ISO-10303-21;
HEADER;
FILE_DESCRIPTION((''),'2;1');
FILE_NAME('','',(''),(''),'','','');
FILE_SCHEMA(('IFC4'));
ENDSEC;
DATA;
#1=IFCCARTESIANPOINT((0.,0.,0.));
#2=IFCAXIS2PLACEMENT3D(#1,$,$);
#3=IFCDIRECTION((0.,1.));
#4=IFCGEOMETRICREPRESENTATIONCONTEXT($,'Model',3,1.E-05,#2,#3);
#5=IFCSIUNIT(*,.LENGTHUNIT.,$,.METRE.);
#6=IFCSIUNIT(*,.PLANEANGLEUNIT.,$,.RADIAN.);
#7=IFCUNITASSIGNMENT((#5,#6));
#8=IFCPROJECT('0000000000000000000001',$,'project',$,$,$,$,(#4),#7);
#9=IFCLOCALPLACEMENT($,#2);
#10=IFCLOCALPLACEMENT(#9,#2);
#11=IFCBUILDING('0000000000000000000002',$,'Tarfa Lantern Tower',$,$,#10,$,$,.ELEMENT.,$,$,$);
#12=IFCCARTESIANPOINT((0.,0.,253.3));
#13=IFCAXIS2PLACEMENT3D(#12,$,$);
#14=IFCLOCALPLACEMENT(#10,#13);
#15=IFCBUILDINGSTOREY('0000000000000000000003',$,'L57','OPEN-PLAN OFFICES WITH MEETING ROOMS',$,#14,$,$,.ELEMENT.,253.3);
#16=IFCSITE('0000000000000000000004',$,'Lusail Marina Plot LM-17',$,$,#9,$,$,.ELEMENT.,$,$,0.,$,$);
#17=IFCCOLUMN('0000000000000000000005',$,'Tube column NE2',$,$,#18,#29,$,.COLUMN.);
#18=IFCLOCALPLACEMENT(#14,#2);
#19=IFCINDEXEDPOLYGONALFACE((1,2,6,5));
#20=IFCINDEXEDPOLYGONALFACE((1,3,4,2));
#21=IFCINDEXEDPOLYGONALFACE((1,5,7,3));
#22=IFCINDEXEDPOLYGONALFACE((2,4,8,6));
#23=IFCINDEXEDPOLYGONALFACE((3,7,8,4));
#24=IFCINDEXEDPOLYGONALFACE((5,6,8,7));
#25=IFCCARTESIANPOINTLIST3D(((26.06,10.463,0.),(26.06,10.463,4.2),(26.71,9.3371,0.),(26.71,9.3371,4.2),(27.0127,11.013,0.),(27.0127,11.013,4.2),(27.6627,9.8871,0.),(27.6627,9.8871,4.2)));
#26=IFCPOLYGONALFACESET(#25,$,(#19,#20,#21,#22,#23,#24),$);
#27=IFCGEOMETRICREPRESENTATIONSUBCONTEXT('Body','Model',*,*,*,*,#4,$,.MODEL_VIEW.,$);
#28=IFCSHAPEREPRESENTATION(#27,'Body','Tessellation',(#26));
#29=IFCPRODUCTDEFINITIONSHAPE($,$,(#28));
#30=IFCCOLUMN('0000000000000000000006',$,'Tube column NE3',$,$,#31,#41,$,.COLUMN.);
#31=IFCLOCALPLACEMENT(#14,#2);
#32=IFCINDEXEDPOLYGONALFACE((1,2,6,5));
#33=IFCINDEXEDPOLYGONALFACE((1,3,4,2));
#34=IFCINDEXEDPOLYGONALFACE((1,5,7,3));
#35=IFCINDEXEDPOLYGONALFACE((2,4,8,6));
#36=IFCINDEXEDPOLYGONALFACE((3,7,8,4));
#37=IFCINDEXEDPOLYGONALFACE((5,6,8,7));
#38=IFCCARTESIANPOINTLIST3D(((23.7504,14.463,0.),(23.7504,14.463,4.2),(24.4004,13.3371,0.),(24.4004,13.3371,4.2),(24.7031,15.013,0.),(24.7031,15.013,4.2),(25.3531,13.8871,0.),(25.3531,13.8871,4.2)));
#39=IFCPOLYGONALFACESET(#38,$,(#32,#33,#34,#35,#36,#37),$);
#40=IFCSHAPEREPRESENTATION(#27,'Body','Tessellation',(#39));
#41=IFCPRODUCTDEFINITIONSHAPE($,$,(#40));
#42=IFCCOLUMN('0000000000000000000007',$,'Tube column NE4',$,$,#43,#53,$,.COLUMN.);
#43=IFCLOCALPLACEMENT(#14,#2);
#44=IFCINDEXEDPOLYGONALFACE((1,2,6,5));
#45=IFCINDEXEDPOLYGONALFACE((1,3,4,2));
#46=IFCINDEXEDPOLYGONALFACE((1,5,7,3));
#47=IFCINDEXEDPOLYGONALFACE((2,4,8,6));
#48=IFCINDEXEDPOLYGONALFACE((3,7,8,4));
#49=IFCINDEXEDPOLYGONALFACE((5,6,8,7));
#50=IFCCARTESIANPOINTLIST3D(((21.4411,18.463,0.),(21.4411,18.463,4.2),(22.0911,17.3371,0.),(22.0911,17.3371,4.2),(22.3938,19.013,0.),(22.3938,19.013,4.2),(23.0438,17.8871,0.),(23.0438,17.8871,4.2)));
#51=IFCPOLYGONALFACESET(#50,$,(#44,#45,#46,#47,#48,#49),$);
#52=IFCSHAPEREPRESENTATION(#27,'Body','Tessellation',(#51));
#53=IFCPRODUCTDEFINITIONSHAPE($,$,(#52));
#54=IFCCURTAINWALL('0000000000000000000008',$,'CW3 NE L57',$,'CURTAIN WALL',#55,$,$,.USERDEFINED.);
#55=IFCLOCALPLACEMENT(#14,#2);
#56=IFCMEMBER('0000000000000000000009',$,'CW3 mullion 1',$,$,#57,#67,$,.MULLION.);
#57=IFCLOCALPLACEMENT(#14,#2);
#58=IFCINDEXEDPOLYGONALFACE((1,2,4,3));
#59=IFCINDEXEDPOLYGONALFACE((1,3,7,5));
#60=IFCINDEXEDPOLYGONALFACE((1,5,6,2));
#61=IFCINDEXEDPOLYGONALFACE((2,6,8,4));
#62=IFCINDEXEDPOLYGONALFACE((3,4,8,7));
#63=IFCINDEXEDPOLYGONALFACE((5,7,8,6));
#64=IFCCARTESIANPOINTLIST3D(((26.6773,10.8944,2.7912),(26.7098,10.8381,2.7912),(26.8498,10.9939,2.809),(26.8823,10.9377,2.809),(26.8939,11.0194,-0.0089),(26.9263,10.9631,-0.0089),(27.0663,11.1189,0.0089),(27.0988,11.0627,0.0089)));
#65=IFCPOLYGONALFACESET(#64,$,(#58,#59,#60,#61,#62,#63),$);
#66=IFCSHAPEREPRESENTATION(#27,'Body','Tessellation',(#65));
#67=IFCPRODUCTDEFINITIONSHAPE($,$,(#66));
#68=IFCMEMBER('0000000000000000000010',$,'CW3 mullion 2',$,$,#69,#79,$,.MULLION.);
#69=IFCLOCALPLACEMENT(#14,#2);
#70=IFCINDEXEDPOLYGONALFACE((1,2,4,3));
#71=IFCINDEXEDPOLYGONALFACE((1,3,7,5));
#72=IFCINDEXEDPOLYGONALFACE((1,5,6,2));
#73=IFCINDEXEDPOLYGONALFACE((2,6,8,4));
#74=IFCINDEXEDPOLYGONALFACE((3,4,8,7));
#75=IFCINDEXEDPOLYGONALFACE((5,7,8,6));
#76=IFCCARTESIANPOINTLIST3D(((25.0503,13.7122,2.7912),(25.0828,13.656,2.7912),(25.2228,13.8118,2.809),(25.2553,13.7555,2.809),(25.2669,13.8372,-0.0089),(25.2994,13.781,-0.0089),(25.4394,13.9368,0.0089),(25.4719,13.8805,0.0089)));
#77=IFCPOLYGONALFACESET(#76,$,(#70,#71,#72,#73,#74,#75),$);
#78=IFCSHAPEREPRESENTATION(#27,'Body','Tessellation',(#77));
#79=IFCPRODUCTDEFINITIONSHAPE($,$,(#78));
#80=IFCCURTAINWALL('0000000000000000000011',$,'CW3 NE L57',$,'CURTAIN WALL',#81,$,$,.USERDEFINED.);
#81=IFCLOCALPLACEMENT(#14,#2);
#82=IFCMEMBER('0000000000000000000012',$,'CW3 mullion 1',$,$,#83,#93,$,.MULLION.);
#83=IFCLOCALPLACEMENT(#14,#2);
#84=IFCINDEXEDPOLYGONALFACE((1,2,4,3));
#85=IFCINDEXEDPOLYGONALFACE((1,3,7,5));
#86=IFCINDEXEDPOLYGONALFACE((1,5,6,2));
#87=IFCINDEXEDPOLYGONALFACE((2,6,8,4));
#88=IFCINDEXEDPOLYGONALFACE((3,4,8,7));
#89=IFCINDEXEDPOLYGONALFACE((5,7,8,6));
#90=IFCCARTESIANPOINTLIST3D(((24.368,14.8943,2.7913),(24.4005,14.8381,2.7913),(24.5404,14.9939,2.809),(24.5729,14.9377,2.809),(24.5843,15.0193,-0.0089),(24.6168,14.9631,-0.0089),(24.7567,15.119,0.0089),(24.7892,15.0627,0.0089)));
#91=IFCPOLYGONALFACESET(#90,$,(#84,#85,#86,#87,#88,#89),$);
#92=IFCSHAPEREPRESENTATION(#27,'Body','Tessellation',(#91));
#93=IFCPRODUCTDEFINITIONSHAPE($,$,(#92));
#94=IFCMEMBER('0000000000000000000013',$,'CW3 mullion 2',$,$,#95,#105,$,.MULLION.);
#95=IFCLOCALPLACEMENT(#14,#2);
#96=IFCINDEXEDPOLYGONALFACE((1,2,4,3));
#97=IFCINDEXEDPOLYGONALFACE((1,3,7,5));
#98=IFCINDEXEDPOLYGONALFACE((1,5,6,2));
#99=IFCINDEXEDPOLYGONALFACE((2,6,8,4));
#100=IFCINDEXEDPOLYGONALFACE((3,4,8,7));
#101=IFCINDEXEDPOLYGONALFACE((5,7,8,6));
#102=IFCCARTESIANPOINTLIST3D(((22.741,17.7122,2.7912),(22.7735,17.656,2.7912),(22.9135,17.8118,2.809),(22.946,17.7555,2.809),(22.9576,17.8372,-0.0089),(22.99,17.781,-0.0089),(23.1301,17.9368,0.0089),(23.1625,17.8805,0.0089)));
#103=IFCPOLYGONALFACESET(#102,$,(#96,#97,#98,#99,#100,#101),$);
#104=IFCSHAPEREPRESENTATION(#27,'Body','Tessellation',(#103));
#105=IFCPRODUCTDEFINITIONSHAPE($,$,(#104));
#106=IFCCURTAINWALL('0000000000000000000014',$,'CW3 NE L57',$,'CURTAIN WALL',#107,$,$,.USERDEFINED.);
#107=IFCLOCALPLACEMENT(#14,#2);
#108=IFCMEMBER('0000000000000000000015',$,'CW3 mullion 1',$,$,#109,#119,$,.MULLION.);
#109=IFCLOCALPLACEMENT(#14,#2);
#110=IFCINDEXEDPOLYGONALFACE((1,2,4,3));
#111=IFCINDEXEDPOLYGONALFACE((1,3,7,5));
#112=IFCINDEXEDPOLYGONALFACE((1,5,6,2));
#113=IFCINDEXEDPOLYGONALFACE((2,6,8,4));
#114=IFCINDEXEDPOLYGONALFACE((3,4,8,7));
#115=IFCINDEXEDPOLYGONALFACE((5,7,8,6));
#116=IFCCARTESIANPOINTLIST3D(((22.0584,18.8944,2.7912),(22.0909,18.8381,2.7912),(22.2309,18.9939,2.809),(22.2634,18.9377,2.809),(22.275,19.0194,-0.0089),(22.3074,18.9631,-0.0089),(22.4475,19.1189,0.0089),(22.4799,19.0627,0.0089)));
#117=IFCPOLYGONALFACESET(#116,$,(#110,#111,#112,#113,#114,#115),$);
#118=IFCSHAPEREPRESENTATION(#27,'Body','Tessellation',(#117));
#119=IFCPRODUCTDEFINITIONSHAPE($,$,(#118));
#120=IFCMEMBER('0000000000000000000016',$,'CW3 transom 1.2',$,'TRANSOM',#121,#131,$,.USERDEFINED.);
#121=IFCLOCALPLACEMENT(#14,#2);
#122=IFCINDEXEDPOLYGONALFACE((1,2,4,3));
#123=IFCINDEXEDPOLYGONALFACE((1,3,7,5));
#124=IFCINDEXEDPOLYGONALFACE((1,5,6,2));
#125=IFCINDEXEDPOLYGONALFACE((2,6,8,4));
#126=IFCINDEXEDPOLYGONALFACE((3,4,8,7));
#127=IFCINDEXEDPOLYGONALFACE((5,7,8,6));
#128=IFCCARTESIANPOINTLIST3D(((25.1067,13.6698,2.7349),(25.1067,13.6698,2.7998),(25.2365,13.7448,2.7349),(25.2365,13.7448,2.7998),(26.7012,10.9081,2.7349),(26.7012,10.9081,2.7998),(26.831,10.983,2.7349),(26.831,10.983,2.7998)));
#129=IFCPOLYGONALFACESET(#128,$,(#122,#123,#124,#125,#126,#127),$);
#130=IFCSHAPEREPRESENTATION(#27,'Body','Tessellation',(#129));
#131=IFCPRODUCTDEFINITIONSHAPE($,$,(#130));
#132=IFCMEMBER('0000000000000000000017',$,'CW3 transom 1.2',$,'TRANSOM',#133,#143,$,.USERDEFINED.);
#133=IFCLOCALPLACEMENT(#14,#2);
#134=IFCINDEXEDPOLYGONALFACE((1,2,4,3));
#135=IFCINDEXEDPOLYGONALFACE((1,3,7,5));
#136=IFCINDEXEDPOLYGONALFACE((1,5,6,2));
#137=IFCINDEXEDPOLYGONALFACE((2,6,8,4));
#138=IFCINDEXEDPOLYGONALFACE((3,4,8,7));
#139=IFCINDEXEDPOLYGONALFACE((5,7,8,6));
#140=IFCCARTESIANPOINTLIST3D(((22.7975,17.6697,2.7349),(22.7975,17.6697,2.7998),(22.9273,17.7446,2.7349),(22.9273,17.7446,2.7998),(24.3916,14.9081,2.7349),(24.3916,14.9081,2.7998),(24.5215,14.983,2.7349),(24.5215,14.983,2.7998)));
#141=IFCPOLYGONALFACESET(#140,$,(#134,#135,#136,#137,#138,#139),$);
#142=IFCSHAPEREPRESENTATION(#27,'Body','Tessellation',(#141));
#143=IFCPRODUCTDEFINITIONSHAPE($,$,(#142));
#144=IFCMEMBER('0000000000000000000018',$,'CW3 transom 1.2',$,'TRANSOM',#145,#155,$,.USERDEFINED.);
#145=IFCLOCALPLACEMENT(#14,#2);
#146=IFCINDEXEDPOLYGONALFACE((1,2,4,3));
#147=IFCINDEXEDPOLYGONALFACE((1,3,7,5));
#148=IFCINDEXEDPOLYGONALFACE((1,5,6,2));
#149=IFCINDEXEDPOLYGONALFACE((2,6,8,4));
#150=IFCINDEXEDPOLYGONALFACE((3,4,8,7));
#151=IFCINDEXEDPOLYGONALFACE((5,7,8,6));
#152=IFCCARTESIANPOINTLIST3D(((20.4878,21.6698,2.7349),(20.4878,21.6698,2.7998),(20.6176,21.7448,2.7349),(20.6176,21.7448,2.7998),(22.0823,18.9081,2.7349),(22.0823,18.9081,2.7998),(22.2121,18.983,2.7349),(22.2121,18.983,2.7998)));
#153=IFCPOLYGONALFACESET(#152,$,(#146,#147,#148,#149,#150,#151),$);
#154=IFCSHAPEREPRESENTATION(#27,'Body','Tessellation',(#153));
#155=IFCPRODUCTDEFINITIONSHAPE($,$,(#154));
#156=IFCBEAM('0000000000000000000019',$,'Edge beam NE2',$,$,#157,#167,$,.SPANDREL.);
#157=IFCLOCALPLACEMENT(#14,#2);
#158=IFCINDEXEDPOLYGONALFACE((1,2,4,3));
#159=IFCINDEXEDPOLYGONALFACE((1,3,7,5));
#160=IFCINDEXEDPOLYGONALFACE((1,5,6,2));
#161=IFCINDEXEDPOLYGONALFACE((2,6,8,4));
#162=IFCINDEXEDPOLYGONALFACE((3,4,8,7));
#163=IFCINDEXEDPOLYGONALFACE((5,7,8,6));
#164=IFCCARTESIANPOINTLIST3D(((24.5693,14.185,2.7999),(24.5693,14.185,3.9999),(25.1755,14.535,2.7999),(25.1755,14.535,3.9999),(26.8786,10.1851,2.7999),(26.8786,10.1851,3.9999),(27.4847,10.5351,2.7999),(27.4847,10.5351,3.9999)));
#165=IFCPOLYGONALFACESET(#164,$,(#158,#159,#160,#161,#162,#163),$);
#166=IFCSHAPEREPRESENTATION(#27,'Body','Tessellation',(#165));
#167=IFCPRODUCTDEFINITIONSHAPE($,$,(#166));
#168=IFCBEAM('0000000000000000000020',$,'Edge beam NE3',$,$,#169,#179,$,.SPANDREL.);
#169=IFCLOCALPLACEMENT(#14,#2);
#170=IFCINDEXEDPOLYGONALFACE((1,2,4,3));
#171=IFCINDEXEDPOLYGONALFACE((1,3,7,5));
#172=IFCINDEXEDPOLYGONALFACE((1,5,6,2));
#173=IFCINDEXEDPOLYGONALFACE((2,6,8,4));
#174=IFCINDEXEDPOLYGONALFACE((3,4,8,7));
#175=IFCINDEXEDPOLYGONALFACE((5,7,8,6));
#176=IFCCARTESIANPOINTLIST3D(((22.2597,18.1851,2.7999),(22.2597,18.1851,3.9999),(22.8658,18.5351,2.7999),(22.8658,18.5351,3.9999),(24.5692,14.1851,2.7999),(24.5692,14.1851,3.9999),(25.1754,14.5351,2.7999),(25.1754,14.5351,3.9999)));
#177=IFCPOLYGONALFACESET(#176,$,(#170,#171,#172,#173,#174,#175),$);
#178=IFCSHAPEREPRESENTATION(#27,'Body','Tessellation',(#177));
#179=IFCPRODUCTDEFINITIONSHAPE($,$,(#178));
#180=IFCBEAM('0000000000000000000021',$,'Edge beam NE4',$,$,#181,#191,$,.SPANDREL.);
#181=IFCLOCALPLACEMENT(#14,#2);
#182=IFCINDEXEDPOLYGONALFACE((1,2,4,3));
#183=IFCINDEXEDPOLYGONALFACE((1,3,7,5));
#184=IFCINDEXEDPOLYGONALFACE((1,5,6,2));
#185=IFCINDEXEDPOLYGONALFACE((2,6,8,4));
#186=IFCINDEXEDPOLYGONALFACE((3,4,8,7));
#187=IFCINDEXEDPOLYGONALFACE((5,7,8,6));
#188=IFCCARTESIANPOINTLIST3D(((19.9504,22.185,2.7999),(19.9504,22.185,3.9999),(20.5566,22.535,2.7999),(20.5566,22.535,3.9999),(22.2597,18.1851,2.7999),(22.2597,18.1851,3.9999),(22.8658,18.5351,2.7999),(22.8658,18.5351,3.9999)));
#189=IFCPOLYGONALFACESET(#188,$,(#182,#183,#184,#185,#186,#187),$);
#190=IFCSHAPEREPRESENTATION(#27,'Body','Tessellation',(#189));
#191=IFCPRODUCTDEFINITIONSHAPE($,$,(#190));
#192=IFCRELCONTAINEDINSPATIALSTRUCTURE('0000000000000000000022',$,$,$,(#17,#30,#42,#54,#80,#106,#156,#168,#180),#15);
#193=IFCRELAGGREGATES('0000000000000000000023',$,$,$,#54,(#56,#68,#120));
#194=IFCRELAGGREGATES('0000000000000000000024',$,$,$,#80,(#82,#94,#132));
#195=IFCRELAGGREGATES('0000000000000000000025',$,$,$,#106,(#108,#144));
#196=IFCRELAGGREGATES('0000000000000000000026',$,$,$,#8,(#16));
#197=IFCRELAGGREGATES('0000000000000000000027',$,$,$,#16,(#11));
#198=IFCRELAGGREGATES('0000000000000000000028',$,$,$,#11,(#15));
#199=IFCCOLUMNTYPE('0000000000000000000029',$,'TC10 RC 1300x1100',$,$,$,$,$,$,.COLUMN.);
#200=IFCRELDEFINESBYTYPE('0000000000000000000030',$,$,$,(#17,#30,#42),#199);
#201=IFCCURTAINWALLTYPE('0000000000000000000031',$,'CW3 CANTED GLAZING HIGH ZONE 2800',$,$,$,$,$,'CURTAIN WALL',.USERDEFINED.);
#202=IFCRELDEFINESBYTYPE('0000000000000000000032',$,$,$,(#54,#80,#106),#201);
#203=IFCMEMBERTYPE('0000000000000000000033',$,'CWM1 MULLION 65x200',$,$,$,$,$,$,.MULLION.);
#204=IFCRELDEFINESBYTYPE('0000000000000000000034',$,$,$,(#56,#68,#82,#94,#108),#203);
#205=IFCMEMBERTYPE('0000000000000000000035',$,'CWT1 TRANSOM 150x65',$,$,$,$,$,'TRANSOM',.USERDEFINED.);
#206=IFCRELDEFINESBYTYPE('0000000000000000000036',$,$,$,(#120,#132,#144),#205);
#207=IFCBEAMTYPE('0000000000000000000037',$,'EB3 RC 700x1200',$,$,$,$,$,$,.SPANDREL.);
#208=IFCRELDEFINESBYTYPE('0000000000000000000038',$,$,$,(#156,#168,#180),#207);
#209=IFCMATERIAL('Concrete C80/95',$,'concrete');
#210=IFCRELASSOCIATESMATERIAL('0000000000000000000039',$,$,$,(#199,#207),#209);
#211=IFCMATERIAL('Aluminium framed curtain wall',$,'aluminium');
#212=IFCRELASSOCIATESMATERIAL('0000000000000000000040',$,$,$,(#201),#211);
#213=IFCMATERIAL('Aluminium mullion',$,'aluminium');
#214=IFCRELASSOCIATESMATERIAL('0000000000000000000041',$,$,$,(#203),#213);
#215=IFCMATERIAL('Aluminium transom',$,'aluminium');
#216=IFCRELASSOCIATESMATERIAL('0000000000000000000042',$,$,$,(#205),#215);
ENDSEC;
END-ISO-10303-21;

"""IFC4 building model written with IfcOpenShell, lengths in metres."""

from ifc_helpers import new_model, si_unit, direction, frame, origin, origin_2d, place, context, subcontext, project, spatial, rectangle, extrude, material, material_profile, profile_set, type_object, element, aggregate, save


model = new_model("IFC4")

# Units and contexts
model_context = context("Model", 3, precision=1e-05, world=origin(), true_north=direction((0.0, 1.0)))
body_context = subcontext(model_context, "Body", "Model", "MODEL_VIEW")
ifc_project = project(units=[si_unit("LENGTHUNIT", "METRE"), si_unit("PLANEANGLEUNIT", "RADIAN")], contexts=[model_context])

# Site, building, storey
site_placement = place(None, origin())
site = spatial("IfcSite", under=ifc_project, at=site_placement, Name="Lusail Marina Plot LM-17", CompositionType="ELEMENT", RefElevation=0.0)
building_placement = place(site_placement, origin())
building = spatial("IfcBuilding", under=site, at=building_placement, Name="Tarfa Lantern Tower", CompositionType="ELEMENT")
storey_placement = place(building_placement, frame((0.0, 0.0, 253.3)))
storey = spatial("IfcBuildingStorey", under=building, at=storey_placement, Name="L57", Description="OPEN-PLAN OFFICES WITH MEETING ROOMS", CompositionType="ELEMENT", Elevation=253.3)

# Columns
ifc_material_1 = material(Name="Concrete C80/95", Category="concrete")
ifc_material_profile_1 = material_profile(ifc_material_1, rectangle(XDim=1.3, YDim=1.1001, at=origin_2d()), Name="RC 1300x1100")
ifc_profile_set_1 = profile_set([ifc_material_profile_1], Name="Concrete C80/95")
column_type = type_object("IfcColumnType", Name="TC10 RC 1300x1100", PredefinedType="COLUMN", material=ifc_profile_set_1)
for number, where, z_axis, x_axis, name in (
    (1, (26.8613, 10.175, 0.0), (0.0, 0.0, 1.0), (-0.5, 0.866025, 0.0), "Tube column NE2"),
    (2, (24.5518, 14.175, 0.0), (0.0, 0.0, 1.0), (-0.5, 0.866025, 0.0), "Tube column NE3"),
    (3, (22.2424, 18.175, 0.0), (0.0, 0.0, 1.0), (-0.5, 0.866025, 0.0), "Tube column NE4"),
):
    element("IfcColumn", number, at=place(storey_placement, frame(where, z_axis=z_axis, x_axis=x_axis)), inside=storey, type_object=column_type, Name=name, PredefinedType="COLUMN", context=body_context, shape_type="SweptSolid", body=[
        extrude(rectangle(XDim=1.3, YDim=1.1001, at=origin_2d()), origin(), (0.0, 0.0, 1.0), 4.2),
    ])

# Curtain walls, members
ifc_material_2 = material(Name="Aluminium framed curtain wall", Category="aluminium")
curtain_wall_type = type_object("IfcCurtainWallType", Name="CW3 CANTED GLAZING HIGH ZONE 2800", ElementType="CURTAIN WALL", PredefinedType="USERDEFINED", material=ifc_material_2)
curtain_wall_1_placement = place(storey_placement, origin())
curtain_wall_1 = element("IfcCurtainWall", 4, at=curtain_wall_1_placement, inside=storey, type_object=curtain_wall_type, Name="CW3 NE L57", ObjectType="CURTAIN WALL", PredefinedType="USERDEFINED")
ifc_material_3 = material(Name="Aluminium mullion", Category="aluminium")
ifc_material_profile_2 = material_profile(ifc_material_3, rectangle(XDim=0.0649, YDim=0.2, at=origin_2d()), Name="AL MULLION 65x200")
ifc_profile_set_2 = profile_set([ifc_material_profile_2], Name="Aluminium mullion")
member_type_1 = type_object("IfcMemberType", Name="CWM1 MULLION 65x200", PredefinedType="MULLION", material=ifc_profile_set_2)
member_1_placement = place(storey_placement, frame((26.9963, 11.041, 0.0), z_axis=(-0.077032, -0.044465, 0.996037), x_axis=(0.49992, -0.866072, 0.0)))
member_1 = element("IfcMember", 5, at=member_1_placement, type_object=member_type_1, Name="CW3 mullion 1", PredefinedType="MULLION", context=body_context, shape_type="SweptSolid", body=[
    extrude(rectangle(XDim=0.0649, YDim=0.2, at=origin_2d()), origin(), (0.0, 0.0, 1.0), 2.8113),
])
member_2_placement = place(storey_placement, frame((25.3694, 13.8589, 0.0), z_axis=(-0.077032, -0.044465, 0.996037), x_axis=(0.49992, -0.866072, 0.0)))
member_2 = element("IfcMember", 6, at=member_2_placement, type_object=member_type_1, Name="CW3 mullion 2", PredefinedType="MULLION", context=body_context, shape_type="SweptSolid", body=[
    extrude(rectangle(XDim=0.0649, YDim=0.2, at=origin_2d()), origin(), (0.0, 0.0, 1.0), 2.8113),
])
curtain_wall_2_placement = place(storey_placement, origin())
curtain_wall_2 = element("IfcCurtainWall", 7, at=curtain_wall_2_placement, inside=storey, type_object=curtain_wall_type, Name="CW3 NE L57", ObjectType="CURTAIN WALL", PredefinedType="USERDEFINED")
member_3_placement = place(storey_placement, frame((24.6868, 15.041, 0.0), z_axis=(-0.076946, -0.044465, 0.996043), x_axis=(0.500343, -0.865827, 0.0)))
member_3 = element("IfcMember", 8, at=member_3_placement, type_object=member_type_1, Name="CW3 mullion 1", PredefinedType="MULLION", context=body_context, shape_type="SweptSolid", body=[
    extrude(rectangle(XDim=0.0649, YDim=0.2, at=origin_2d()), origin(), (0.0, 0.0, 1.0), 2.8113),
])
member_4_placement = place(storey_placement, frame((23.0601, 17.8589, 0.0), z_axis=(-0.077032, -0.044465, 0.996037), x_axis=(0.49992, -0.866072, 0.0)))
member_4 = element("IfcMember", 9, at=member_4_placement, type_object=member_type_1, Name="CW3 mullion 2", PredefinedType="MULLION", context=body_context, shape_type="SweptSolid", body=[
    extrude(rectangle(XDim=0.0649, YDim=0.2, at=origin_2d()), origin(), (0.0, 0.0, 1.0), 2.8113),
])

# Curtain wall, member
curtain_wall_3_placement = place(storey_placement, origin())
curtain_wall_3 = element("IfcCurtainWall", 10, at=curtain_wall_3_placement, inside=storey, type_object=curtain_wall_type, Name="CW3 NE L57", ObjectType="CURTAIN WALL", PredefinedType="USERDEFINED")
member_5_placement = place(storey_placement, frame((22.3774, 19.041, 0.0), z_axis=(-0.077032, -0.044465, 0.996037), x_axis=(0.49992, -0.866072, 0.0)))
member_5 = element("IfcMember", 11, at=member_5_placement, type_object=member_type_1, Name="CW3 mullion 1", PredefinedType="MULLION", context=body_context, shape_type="SweptSolid", body=[
    extrude(rectangle(XDim=0.0649, YDim=0.2, at=origin_2d()), origin(), (0.0, 0.0, 1.0), 2.8113),
])

# Members
ifc_material_4 = material(Name="Aluminium transom", Category="aluminium")
ifc_material_profile_3 = material_profile(ifc_material_4, rectangle(XDim=0.1499, YDim=0.0649, at=origin_2d()), Name="AL TRANSOM 150x65")
ifc_profile_set_3 = profile_set([ifc_material_profile_3], Name="Aluminium transom")
member_type_2 = type_object("IfcMemberType", Name="CWT1 TRANSOM 150x65", ElementType="TRANSOM", PredefinedType="USERDEFINED", material=ifc_profile_set_3)
member_6_placement = place(storey_placement, frame((26.7661, 10.9456, 2.7673), z_axis=(-0.500001, 0.866025, 0.0), x_axis=(-0.866025, -0.500001, 0.0)))
member_6 = element("IfcMember", 12, at=member_6_placement, type_object=member_type_2, Name="CW3 transom 1.2", ObjectType="TRANSOM", PredefinedType="USERDEFINED", context=body_context, shape_type="SweptSolid", body=[
    extrude(rectangle(XDim=0.1499, YDim=0.0649, at=origin_2d()), origin(), (0.0, 0.0, 1.0), 3.189),
])
member_7_placement = place(storey_placement, frame((24.4565, 14.9456, 2.7673), z_axis=(-0.499943, 0.866058, 0.0), x_axis=(-0.866058, -0.499943, 0.0)))
member_7 = element("IfcMember", 13, at=member_7_placement, type_object=member_type_2, Name="CW3 transom 1.2", ObjectType="TRANSOM", PredefinedType="USERDEFINED", context=body_context, shape_type="SweptSolid", body=[
    extrude(rectangle(XDim=0.1499, YDim=0.0649, at=origin_2d()), origin(), (0.0, 0.0, 1.0), 3.1887),
])
member_8_placement = place(storey_placement, frame((22.1472, 18.9456, 2.7673), z_axis=(-0.500001, 0.866025, 0.0), x_axis=(-0.866025, -0.500001, 0.0)))
member_8 = element("IfcMember", 14, at=member_8_placement, type_object=member_type_2, Name="CW3 transom 1.2", ObjectType="TRANSOM", PredefinedType="USERDEFINED", context=body_context, shape_type="SweptSolid", body=[
    extrude(rectangle(XDim=0.1499, YDim=0.0649, at=origin_2d()), origin(), (0.0, 0.0, 1.0), 3.189),
])

# Beams
ifc_material_profile_4 = material_profile(ifc_material_1, rectangle(XDim=0.7, YDim=1.2, at=origin_2d()), Name="RC 700x1200")
ifc_profile_set_4 = profile_set([ifc_material_profile_4], Name="Concrete C80/95")
beam_type_1 = type_object("IfcBeamType", Name="EB3 RC 700x1200", PredefinedType="SPANDREL", material=ifc_profile_set_4)
beam_1_placement = place(storey_placement, frame((27.1816, 10.3601, 3.3999), z_axis=(-0.499988, 0.866032, 0.0), x_axis=(-0.866032, -0.499988, 0.0)))
element("IfcBeam", 15, at=beam_1_placement, inside=storey, type_object=beam_type_1, Name="Edge beam NE2", PredefinedType="SPANDREL", context=body_context, shape_type="SweptSolid", body=[
    extrude(rectangle(XDim=0.7, YDim=1.2, at=origin_2d()), origin(), (0.0, 0.0, 1.0), 4.6187),
])
beam_2_placement = place(storey_placement, frame((24.8723, 14.3601, 3.3999), z_axis=(-0.500027, 0.86601, 0.0), x_axis=(-0.86601, -0.500027, 0.0)))
element("IfcBeam", 16, at=beam_2_placement, inside=storey, type_object=beam_type_1, Name="Edge beam NE3", PredefinedType="SPANDREL", context=body_context, shape_type="SweptSolid", body=[
    extrude(rectangle(XDim=0.7, YDim=1.2, at=origin_2d()), origin(), (0.0, 0.0, 1.0), 4.6189),
])
beam_3_placement = place(storey_placement, frame((22.5627, 18.3601, 3.3999), z_axis=(-0.499988, 0.866032, 0.0), x_axis=(-0.866032, -0.499988, 0.0)))
element("IfcBeam", 17, at=beam_3_placement, inside=storey, type_object=beam_type_1, Name="Edge beam NE4", PredefinedType="SPANDREL", context=body_context, shape_type="SweptSolid", body=[
    extrude(rectangle(XDim=0.7, YDim=1.2, at=origin_2d()), origin(), (0.0, 0.0, 1.0), 4.6187),
])

aggregate(curtain_wall_1, [member_1, member_2, member_6])
aggregate(curtain_wall_2, [member_3, member_4, member_7])
aggregate(curtain_wall_3, [member_5, member_8])

save(model, "model.ifc")
